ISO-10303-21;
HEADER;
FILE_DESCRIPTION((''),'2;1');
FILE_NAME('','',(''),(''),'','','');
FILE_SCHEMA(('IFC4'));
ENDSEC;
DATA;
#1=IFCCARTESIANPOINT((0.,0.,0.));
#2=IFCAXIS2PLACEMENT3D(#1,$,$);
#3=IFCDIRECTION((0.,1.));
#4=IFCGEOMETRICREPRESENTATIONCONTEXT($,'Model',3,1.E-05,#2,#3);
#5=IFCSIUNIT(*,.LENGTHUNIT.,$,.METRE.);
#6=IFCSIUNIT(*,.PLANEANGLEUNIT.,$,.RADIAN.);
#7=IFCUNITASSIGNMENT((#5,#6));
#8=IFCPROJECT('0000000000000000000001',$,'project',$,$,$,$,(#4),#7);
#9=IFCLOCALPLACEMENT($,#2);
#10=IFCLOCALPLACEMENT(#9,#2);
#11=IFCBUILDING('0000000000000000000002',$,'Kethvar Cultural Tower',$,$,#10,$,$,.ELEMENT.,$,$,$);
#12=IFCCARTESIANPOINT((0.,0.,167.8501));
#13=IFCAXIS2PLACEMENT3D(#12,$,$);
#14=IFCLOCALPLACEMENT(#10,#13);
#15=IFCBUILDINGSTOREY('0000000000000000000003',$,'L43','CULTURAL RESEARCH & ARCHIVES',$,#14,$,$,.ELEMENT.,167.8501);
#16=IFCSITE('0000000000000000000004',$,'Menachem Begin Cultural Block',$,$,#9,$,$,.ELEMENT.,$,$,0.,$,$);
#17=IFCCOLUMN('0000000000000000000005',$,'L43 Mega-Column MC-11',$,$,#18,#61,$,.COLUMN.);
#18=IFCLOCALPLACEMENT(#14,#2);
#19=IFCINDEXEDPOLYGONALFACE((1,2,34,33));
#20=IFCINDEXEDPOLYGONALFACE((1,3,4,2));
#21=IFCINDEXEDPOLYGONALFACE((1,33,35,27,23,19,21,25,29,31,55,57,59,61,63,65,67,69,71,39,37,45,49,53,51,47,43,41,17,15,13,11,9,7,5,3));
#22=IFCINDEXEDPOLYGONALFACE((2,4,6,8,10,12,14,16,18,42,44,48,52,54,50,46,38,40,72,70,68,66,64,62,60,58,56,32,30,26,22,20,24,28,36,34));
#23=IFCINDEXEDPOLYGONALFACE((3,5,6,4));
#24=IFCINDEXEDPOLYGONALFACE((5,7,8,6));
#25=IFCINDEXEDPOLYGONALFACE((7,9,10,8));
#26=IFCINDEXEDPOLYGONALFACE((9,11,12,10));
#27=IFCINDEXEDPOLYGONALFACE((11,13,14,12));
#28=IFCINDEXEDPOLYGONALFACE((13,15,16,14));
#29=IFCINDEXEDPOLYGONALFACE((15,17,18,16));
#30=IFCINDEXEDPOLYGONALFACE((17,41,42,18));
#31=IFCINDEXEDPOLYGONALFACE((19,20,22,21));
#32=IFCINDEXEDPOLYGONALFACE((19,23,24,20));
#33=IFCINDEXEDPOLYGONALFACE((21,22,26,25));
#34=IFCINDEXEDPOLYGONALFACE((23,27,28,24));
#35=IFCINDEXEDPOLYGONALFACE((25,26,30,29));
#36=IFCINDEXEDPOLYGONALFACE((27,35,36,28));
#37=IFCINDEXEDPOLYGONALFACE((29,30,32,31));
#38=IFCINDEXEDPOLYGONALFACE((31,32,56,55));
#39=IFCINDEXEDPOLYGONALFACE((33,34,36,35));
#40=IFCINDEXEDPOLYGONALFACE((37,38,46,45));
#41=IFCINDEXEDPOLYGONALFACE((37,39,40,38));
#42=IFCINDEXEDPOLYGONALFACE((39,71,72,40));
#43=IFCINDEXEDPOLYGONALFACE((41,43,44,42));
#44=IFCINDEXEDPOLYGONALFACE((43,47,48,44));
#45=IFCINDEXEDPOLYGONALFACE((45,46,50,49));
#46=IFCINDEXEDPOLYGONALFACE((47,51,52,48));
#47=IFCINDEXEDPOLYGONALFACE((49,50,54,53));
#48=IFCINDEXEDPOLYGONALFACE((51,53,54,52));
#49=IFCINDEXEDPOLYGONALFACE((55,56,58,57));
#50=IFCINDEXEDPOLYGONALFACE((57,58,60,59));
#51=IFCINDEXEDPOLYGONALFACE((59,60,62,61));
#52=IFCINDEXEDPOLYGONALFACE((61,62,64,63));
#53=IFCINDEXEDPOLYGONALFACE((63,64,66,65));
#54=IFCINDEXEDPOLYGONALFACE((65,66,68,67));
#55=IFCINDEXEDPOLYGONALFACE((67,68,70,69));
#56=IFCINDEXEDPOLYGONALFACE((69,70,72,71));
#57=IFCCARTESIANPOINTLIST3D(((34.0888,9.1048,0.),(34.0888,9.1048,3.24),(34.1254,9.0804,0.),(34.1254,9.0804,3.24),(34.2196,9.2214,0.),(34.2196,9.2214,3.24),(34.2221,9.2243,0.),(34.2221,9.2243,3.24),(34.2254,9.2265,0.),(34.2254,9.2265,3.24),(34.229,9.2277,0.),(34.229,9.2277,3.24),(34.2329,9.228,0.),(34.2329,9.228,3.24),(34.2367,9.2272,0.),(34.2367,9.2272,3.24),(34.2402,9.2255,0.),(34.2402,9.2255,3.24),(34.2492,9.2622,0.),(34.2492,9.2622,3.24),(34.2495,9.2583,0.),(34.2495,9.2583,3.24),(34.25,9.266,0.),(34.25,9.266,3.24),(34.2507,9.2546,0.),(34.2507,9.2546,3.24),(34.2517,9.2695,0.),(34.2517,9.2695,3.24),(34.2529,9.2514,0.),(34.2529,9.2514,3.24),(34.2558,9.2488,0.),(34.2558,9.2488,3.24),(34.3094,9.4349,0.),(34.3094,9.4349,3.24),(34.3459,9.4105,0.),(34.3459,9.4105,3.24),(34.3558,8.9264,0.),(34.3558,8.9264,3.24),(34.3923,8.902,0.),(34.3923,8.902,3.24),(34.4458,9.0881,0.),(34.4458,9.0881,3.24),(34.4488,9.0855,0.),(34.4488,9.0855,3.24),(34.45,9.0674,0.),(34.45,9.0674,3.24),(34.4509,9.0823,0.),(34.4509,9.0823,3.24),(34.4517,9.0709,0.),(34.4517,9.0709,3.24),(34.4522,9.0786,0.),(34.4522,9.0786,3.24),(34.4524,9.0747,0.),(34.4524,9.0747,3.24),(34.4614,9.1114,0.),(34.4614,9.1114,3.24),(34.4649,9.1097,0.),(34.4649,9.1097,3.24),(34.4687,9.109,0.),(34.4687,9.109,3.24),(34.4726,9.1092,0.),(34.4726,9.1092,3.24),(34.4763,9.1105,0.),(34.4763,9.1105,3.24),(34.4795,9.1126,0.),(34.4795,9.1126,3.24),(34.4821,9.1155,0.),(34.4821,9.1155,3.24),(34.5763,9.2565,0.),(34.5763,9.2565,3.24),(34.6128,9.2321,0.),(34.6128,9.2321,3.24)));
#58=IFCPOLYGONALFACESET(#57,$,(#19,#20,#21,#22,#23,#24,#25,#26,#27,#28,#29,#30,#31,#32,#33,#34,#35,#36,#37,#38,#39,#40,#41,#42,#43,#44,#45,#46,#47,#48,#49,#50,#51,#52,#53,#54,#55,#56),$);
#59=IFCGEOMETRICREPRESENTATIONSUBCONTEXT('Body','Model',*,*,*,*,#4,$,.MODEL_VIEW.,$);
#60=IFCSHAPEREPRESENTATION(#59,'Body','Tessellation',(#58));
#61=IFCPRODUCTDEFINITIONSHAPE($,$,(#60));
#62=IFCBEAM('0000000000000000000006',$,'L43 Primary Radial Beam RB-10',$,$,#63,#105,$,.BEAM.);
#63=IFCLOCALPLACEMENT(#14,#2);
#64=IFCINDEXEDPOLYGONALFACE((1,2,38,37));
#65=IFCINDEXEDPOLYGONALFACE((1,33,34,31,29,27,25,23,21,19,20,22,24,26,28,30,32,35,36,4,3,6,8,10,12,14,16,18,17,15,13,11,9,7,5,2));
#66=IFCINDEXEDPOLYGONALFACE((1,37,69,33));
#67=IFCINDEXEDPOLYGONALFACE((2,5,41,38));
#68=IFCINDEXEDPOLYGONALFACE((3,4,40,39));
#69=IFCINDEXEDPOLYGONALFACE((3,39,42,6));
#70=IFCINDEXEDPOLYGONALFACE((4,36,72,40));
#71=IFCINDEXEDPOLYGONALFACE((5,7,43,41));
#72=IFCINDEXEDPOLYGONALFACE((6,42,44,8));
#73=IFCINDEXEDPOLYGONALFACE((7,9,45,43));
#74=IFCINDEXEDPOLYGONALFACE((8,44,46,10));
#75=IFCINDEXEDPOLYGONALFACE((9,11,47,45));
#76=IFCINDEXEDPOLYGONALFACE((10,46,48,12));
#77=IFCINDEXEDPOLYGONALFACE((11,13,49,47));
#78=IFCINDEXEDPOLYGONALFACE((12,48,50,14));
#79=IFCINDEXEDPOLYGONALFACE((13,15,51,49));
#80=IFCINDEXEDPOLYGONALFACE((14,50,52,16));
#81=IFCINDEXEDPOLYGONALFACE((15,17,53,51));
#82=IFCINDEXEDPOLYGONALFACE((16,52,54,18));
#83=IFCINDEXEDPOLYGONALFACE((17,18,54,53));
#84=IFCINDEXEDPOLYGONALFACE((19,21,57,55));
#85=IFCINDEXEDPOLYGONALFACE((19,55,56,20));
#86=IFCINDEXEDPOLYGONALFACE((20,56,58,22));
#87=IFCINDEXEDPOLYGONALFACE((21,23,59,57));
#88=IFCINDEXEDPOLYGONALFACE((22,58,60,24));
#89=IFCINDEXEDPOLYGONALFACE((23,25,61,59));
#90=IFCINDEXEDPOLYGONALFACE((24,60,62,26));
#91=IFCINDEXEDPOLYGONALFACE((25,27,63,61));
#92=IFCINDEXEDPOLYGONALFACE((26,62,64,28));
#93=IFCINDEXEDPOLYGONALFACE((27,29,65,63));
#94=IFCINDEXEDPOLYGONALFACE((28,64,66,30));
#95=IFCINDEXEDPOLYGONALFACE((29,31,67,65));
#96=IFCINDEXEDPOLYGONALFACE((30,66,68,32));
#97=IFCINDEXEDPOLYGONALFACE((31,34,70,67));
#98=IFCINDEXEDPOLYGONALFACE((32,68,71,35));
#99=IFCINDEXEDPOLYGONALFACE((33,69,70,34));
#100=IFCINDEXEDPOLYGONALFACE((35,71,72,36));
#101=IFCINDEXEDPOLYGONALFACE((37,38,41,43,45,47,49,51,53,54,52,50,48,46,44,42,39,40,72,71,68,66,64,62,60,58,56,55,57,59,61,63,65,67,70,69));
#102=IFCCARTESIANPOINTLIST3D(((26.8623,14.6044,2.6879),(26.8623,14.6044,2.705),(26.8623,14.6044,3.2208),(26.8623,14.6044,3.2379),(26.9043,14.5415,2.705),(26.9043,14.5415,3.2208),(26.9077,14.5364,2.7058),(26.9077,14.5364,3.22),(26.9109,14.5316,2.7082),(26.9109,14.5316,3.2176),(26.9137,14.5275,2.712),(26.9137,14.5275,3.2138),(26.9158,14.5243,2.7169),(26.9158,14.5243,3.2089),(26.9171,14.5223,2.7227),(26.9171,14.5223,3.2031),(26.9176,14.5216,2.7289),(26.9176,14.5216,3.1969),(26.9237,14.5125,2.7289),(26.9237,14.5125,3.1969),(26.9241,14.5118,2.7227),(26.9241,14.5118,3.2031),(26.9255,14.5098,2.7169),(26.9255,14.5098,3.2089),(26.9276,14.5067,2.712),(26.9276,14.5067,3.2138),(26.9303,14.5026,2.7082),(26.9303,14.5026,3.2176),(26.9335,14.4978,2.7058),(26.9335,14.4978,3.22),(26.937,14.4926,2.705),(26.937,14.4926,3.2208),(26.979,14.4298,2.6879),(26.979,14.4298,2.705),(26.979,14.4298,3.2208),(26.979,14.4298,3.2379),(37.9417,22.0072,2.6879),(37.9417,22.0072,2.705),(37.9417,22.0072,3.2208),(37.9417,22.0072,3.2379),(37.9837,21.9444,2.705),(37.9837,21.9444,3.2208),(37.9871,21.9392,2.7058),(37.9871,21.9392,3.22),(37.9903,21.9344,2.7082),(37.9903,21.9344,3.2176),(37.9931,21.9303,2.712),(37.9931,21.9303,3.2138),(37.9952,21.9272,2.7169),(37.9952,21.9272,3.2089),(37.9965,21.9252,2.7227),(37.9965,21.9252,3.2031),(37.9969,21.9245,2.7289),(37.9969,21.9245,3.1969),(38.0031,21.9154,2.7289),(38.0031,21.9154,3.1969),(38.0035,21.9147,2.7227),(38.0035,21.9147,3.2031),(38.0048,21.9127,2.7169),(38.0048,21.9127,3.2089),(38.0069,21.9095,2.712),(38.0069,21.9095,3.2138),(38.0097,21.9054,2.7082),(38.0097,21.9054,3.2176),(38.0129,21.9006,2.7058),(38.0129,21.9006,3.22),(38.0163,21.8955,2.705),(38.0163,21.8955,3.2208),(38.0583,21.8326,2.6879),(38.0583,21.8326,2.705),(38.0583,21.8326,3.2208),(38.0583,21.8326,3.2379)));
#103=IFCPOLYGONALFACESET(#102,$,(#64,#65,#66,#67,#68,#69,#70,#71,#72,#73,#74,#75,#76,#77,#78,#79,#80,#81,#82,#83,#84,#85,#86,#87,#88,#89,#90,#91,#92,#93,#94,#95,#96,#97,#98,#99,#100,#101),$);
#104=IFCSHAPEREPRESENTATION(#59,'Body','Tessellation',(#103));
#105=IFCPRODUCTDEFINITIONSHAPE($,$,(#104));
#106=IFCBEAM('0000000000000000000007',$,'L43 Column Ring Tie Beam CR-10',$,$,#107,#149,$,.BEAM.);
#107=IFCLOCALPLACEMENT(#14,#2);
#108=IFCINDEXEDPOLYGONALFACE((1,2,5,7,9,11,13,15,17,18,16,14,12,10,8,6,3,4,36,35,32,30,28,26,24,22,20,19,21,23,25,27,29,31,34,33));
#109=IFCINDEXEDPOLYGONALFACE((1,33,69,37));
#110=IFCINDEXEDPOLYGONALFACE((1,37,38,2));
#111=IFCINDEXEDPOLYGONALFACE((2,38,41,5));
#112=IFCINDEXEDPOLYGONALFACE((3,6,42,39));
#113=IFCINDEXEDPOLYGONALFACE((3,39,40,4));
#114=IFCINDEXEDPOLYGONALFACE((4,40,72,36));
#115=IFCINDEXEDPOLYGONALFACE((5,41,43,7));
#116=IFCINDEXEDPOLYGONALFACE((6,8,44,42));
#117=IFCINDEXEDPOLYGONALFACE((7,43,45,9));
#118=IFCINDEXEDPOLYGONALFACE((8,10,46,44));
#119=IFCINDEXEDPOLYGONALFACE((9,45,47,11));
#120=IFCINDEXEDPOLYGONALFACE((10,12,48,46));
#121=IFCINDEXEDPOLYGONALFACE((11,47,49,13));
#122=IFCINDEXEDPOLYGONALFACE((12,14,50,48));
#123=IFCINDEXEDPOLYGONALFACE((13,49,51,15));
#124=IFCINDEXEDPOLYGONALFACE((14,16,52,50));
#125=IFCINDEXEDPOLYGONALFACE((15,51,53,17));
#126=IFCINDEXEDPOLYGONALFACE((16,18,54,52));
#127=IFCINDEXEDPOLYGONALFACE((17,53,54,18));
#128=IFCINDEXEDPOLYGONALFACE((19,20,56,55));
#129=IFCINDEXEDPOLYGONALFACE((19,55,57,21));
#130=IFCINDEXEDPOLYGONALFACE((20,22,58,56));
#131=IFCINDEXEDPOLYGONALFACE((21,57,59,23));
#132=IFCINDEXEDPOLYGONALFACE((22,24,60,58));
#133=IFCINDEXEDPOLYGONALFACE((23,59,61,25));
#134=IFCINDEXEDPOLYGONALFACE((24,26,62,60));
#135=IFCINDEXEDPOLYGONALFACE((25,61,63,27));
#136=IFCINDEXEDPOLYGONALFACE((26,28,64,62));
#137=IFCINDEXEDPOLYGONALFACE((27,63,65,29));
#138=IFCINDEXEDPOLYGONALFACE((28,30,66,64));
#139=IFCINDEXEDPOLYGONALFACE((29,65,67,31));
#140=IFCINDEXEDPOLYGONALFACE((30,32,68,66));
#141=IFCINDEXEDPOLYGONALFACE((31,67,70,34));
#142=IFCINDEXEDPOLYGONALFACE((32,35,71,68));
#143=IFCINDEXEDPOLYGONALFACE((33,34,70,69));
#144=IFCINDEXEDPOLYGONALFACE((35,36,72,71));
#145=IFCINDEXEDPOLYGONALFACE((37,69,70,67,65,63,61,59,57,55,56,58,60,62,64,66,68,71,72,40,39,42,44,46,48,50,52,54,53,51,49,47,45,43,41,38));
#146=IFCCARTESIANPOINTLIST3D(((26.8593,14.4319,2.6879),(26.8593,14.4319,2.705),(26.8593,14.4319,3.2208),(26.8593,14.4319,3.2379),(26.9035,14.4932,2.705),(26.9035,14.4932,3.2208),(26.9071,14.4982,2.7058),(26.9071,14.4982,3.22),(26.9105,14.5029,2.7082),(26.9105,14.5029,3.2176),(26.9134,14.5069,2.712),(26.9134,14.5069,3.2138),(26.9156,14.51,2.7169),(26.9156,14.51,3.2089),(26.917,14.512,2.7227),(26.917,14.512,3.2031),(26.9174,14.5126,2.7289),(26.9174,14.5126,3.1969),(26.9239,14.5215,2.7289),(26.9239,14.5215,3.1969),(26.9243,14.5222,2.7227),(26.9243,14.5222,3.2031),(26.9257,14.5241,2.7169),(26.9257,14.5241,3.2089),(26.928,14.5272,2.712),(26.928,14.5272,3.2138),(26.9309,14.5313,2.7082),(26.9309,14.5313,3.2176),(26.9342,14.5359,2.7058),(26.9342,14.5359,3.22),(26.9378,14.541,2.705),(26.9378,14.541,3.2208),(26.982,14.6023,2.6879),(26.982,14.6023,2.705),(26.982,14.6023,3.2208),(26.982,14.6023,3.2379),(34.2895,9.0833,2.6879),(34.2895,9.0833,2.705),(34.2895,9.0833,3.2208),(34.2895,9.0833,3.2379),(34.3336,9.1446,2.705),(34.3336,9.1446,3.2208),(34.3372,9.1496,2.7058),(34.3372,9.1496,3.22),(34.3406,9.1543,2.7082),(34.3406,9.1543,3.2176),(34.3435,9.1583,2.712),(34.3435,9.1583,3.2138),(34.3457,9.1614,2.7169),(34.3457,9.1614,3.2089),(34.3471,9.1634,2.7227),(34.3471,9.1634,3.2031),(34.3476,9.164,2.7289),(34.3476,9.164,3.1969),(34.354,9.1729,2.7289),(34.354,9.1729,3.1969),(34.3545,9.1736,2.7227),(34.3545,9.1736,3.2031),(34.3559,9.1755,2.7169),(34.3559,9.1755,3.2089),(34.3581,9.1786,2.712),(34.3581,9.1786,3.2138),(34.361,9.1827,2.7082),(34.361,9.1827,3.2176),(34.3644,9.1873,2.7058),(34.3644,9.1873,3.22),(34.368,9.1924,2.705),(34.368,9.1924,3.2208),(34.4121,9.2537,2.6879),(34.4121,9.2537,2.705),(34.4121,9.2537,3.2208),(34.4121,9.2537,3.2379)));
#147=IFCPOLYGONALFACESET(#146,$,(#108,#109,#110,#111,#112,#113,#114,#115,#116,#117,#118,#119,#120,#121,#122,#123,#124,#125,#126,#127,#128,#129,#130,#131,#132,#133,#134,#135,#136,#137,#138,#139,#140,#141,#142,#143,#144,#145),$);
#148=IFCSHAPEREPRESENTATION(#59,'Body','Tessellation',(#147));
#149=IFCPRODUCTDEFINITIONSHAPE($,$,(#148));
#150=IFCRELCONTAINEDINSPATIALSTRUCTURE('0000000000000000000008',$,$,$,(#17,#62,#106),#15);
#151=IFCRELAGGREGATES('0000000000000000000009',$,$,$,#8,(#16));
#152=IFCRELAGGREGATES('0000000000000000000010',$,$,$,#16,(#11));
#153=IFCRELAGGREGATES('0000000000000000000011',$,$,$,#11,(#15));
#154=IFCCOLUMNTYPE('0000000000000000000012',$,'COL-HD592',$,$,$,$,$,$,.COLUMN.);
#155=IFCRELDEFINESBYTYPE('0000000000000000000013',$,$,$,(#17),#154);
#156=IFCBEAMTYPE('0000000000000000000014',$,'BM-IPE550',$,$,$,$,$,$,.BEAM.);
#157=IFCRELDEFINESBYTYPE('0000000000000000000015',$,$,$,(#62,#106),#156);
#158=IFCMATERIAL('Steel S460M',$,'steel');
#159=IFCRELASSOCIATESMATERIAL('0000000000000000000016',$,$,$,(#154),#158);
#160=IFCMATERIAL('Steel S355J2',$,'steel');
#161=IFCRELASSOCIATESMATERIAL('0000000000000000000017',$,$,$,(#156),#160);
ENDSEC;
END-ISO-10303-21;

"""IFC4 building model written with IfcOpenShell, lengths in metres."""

from ifc_helpers import new_model, si_unit, direction, frame, origin, origin_2d, place, context, subcontext, project, spatial, i_section, extrude, source, transform, mapped, material, material_profile, profile_set, type_object, element, save


model = new_model("IFC4")

# Units and contexts
model_context = context("Model", 3, precision=1e-05, world=origin(), true_north=direction((0.0, 1.0)))
body_context = subcontext(model_context, "Body", "Model", "MODEL_VIEW")
ifc_project = project(units=[si_unit("LENGTHUNIT", "METRE"), si_unit("PLANEANGLEUNIT", "RADIAN")], contexts=[model_context])

# Site, building, storey
site_placement = place(None, origin())
site = spatial("IfcSite", under=ifc_project, at=site_placement, Name="Menachem Begin Cultural Block", CompositionType="ELEMENT", RefElevation=0.0)
building_placement = place(site_placement, origin())
building = spatial("IfcBuilding", under=site, at=building_placement, Name="Kethvar Cultural Tower", CompositionType="ELEMENT")
storey_placement = place(building_placement, frame((0.0, 0.0, 167.8501)))
storey = spatial("IfcBuildingStorey", under=building, at=storey_placement, Name="L43", Description="CULTURAL RESEARCH & ARCHIVES", CompositionType="ELEMENT", Elevation=167.8501)

# Column
ifc_material_1 = material(Name="Steel S460M", Category="steel")
ifc_material_profile_1 = material_profile(ifc_material_1, i_section(OverallWidth=0.397, OverallDepth=0.365, WebThickness=0.0281, FlangeThickness=0.0439, FilletRadius=0.0149, at=origin_2d()), Name="Steel S460M — HD400x592")
ifc_profile_set_1 = profile_set([ifc_material_profile_1], Name="Steel S460M — HD400x592")
column_type = type_object("IfcColumnType", Name="COL-HD592", PredefinedType="COLUMN", material=ifc_profile_set_1)
shared_shape_1 = source(origin(), body_context, "Body", "SweptSolid", [
    extrude(i_section(OverallWidth=0.397, OverallDepth=0.365, WebThickness=0.0281, FlangeThickness=0.0439, FilletRadius=0.0149, at=origin_2d()), origin(), (0.0, 0.0, 1.0), 3.24),
])
column_placement = place(storey_placement, frame((34.3508, 9.1685, 0.0), z_axis=(0.0, 0.0, 1.0), x_axis=(-0.55557, -0.83147, 0.0)))
element("IfcColumn", 1, at=column_placement, inside=storey, type_object=column_type, Name="L43 Mega-Column MC-11", PredefinedType="COLUMN", context=body_context, shape_type="MappedRepresentation", body=[
    mapped(shared_shape_1, transform((0.0, 0.0, 0.0), scale=1.0)),
])

# Beams
ifc_material_2 = material(Name="Steel S355J2", Category="steel")
ifc_material_profile_2 = material_profile(ifc_material_2, i_section(OverallWidth=0.21, OverallDepth=0.55, WebThickness=0.011, FlangeThickness=0.0171, FilletRadius=0.0239, at=origin_2d()), Name="Steel S355J2 — IPE550")
ifc_profile_set_2 = profile_set([ifc_material_profile_2], Name="Steel S355J2 — IPE550")
beam_type_1 = type_object("IfcBeamType", Name="BM-IPE550", PredefinedType="BEAM", material=ifc_profile_set_2)
shared_shape_2 = source(origin(), body_context, "Body", "SweptSolid", [
    extrude(i_section(OverallWidth=0.21, OverallDepth=0.55, WebThickness=0.011, FlangeThickness=0.0171, FilletRadius=0.0239, at=origin_2d()), origin(), (0.0, 0.0, 1.0), 13.325),
])
beam_1_placement = place(storey_placement, frame((38.0, 21.9199, 2.9629), z_axis=(-0.831475, -0.555562, 0.0), x_axis=(0.555562, -0.831475, 0.0)))
element("IfcBeam", 2, at=beam_1_placement, inside=storey, type_object=beam_type_1, Name="L43 Primary Radial Beam RB-10", PredefinedType="BEAM", context=body_context, shape_type="MappedRepresentation", body=[
    mapped(shared_shape_2, transform((0.0, 0.0, 0.0), scale=1.0)),
])
shared_shape_3 = source(origin(), body_context, "Body", "SweptSolid", [
    extrude(i_section(OverallWidth=0.21, OverallDepth=0.55, WebThickness=0.011, FlangeThickness=0.0171, FilletRadius=0.0239, at=origin_2d()), origin(), (0.0, 0.0, 1.0), 9.155),
])
beam_2_placement = place(storey_placement, frame((26.9207, 14.5171, 2.9629), z_axis=(0.811591, -0.584226, 0.0), x_axis=(0.584226, 0.811591, 0.0)))
element("IfcBeam", 3, at=beam_2_placement, inside=storey, type_object=beam_type_1, Name="L43 Column Ring Tie Beam CR-10", PredefinedType="BEAM", context=body_context, shape_type="MappedRepresentation", body=[
    mapped(shared_shape_3, transform((0.0, 0.0, 0.0), scale=1.0)),
])

save(model, "model.ifc")
